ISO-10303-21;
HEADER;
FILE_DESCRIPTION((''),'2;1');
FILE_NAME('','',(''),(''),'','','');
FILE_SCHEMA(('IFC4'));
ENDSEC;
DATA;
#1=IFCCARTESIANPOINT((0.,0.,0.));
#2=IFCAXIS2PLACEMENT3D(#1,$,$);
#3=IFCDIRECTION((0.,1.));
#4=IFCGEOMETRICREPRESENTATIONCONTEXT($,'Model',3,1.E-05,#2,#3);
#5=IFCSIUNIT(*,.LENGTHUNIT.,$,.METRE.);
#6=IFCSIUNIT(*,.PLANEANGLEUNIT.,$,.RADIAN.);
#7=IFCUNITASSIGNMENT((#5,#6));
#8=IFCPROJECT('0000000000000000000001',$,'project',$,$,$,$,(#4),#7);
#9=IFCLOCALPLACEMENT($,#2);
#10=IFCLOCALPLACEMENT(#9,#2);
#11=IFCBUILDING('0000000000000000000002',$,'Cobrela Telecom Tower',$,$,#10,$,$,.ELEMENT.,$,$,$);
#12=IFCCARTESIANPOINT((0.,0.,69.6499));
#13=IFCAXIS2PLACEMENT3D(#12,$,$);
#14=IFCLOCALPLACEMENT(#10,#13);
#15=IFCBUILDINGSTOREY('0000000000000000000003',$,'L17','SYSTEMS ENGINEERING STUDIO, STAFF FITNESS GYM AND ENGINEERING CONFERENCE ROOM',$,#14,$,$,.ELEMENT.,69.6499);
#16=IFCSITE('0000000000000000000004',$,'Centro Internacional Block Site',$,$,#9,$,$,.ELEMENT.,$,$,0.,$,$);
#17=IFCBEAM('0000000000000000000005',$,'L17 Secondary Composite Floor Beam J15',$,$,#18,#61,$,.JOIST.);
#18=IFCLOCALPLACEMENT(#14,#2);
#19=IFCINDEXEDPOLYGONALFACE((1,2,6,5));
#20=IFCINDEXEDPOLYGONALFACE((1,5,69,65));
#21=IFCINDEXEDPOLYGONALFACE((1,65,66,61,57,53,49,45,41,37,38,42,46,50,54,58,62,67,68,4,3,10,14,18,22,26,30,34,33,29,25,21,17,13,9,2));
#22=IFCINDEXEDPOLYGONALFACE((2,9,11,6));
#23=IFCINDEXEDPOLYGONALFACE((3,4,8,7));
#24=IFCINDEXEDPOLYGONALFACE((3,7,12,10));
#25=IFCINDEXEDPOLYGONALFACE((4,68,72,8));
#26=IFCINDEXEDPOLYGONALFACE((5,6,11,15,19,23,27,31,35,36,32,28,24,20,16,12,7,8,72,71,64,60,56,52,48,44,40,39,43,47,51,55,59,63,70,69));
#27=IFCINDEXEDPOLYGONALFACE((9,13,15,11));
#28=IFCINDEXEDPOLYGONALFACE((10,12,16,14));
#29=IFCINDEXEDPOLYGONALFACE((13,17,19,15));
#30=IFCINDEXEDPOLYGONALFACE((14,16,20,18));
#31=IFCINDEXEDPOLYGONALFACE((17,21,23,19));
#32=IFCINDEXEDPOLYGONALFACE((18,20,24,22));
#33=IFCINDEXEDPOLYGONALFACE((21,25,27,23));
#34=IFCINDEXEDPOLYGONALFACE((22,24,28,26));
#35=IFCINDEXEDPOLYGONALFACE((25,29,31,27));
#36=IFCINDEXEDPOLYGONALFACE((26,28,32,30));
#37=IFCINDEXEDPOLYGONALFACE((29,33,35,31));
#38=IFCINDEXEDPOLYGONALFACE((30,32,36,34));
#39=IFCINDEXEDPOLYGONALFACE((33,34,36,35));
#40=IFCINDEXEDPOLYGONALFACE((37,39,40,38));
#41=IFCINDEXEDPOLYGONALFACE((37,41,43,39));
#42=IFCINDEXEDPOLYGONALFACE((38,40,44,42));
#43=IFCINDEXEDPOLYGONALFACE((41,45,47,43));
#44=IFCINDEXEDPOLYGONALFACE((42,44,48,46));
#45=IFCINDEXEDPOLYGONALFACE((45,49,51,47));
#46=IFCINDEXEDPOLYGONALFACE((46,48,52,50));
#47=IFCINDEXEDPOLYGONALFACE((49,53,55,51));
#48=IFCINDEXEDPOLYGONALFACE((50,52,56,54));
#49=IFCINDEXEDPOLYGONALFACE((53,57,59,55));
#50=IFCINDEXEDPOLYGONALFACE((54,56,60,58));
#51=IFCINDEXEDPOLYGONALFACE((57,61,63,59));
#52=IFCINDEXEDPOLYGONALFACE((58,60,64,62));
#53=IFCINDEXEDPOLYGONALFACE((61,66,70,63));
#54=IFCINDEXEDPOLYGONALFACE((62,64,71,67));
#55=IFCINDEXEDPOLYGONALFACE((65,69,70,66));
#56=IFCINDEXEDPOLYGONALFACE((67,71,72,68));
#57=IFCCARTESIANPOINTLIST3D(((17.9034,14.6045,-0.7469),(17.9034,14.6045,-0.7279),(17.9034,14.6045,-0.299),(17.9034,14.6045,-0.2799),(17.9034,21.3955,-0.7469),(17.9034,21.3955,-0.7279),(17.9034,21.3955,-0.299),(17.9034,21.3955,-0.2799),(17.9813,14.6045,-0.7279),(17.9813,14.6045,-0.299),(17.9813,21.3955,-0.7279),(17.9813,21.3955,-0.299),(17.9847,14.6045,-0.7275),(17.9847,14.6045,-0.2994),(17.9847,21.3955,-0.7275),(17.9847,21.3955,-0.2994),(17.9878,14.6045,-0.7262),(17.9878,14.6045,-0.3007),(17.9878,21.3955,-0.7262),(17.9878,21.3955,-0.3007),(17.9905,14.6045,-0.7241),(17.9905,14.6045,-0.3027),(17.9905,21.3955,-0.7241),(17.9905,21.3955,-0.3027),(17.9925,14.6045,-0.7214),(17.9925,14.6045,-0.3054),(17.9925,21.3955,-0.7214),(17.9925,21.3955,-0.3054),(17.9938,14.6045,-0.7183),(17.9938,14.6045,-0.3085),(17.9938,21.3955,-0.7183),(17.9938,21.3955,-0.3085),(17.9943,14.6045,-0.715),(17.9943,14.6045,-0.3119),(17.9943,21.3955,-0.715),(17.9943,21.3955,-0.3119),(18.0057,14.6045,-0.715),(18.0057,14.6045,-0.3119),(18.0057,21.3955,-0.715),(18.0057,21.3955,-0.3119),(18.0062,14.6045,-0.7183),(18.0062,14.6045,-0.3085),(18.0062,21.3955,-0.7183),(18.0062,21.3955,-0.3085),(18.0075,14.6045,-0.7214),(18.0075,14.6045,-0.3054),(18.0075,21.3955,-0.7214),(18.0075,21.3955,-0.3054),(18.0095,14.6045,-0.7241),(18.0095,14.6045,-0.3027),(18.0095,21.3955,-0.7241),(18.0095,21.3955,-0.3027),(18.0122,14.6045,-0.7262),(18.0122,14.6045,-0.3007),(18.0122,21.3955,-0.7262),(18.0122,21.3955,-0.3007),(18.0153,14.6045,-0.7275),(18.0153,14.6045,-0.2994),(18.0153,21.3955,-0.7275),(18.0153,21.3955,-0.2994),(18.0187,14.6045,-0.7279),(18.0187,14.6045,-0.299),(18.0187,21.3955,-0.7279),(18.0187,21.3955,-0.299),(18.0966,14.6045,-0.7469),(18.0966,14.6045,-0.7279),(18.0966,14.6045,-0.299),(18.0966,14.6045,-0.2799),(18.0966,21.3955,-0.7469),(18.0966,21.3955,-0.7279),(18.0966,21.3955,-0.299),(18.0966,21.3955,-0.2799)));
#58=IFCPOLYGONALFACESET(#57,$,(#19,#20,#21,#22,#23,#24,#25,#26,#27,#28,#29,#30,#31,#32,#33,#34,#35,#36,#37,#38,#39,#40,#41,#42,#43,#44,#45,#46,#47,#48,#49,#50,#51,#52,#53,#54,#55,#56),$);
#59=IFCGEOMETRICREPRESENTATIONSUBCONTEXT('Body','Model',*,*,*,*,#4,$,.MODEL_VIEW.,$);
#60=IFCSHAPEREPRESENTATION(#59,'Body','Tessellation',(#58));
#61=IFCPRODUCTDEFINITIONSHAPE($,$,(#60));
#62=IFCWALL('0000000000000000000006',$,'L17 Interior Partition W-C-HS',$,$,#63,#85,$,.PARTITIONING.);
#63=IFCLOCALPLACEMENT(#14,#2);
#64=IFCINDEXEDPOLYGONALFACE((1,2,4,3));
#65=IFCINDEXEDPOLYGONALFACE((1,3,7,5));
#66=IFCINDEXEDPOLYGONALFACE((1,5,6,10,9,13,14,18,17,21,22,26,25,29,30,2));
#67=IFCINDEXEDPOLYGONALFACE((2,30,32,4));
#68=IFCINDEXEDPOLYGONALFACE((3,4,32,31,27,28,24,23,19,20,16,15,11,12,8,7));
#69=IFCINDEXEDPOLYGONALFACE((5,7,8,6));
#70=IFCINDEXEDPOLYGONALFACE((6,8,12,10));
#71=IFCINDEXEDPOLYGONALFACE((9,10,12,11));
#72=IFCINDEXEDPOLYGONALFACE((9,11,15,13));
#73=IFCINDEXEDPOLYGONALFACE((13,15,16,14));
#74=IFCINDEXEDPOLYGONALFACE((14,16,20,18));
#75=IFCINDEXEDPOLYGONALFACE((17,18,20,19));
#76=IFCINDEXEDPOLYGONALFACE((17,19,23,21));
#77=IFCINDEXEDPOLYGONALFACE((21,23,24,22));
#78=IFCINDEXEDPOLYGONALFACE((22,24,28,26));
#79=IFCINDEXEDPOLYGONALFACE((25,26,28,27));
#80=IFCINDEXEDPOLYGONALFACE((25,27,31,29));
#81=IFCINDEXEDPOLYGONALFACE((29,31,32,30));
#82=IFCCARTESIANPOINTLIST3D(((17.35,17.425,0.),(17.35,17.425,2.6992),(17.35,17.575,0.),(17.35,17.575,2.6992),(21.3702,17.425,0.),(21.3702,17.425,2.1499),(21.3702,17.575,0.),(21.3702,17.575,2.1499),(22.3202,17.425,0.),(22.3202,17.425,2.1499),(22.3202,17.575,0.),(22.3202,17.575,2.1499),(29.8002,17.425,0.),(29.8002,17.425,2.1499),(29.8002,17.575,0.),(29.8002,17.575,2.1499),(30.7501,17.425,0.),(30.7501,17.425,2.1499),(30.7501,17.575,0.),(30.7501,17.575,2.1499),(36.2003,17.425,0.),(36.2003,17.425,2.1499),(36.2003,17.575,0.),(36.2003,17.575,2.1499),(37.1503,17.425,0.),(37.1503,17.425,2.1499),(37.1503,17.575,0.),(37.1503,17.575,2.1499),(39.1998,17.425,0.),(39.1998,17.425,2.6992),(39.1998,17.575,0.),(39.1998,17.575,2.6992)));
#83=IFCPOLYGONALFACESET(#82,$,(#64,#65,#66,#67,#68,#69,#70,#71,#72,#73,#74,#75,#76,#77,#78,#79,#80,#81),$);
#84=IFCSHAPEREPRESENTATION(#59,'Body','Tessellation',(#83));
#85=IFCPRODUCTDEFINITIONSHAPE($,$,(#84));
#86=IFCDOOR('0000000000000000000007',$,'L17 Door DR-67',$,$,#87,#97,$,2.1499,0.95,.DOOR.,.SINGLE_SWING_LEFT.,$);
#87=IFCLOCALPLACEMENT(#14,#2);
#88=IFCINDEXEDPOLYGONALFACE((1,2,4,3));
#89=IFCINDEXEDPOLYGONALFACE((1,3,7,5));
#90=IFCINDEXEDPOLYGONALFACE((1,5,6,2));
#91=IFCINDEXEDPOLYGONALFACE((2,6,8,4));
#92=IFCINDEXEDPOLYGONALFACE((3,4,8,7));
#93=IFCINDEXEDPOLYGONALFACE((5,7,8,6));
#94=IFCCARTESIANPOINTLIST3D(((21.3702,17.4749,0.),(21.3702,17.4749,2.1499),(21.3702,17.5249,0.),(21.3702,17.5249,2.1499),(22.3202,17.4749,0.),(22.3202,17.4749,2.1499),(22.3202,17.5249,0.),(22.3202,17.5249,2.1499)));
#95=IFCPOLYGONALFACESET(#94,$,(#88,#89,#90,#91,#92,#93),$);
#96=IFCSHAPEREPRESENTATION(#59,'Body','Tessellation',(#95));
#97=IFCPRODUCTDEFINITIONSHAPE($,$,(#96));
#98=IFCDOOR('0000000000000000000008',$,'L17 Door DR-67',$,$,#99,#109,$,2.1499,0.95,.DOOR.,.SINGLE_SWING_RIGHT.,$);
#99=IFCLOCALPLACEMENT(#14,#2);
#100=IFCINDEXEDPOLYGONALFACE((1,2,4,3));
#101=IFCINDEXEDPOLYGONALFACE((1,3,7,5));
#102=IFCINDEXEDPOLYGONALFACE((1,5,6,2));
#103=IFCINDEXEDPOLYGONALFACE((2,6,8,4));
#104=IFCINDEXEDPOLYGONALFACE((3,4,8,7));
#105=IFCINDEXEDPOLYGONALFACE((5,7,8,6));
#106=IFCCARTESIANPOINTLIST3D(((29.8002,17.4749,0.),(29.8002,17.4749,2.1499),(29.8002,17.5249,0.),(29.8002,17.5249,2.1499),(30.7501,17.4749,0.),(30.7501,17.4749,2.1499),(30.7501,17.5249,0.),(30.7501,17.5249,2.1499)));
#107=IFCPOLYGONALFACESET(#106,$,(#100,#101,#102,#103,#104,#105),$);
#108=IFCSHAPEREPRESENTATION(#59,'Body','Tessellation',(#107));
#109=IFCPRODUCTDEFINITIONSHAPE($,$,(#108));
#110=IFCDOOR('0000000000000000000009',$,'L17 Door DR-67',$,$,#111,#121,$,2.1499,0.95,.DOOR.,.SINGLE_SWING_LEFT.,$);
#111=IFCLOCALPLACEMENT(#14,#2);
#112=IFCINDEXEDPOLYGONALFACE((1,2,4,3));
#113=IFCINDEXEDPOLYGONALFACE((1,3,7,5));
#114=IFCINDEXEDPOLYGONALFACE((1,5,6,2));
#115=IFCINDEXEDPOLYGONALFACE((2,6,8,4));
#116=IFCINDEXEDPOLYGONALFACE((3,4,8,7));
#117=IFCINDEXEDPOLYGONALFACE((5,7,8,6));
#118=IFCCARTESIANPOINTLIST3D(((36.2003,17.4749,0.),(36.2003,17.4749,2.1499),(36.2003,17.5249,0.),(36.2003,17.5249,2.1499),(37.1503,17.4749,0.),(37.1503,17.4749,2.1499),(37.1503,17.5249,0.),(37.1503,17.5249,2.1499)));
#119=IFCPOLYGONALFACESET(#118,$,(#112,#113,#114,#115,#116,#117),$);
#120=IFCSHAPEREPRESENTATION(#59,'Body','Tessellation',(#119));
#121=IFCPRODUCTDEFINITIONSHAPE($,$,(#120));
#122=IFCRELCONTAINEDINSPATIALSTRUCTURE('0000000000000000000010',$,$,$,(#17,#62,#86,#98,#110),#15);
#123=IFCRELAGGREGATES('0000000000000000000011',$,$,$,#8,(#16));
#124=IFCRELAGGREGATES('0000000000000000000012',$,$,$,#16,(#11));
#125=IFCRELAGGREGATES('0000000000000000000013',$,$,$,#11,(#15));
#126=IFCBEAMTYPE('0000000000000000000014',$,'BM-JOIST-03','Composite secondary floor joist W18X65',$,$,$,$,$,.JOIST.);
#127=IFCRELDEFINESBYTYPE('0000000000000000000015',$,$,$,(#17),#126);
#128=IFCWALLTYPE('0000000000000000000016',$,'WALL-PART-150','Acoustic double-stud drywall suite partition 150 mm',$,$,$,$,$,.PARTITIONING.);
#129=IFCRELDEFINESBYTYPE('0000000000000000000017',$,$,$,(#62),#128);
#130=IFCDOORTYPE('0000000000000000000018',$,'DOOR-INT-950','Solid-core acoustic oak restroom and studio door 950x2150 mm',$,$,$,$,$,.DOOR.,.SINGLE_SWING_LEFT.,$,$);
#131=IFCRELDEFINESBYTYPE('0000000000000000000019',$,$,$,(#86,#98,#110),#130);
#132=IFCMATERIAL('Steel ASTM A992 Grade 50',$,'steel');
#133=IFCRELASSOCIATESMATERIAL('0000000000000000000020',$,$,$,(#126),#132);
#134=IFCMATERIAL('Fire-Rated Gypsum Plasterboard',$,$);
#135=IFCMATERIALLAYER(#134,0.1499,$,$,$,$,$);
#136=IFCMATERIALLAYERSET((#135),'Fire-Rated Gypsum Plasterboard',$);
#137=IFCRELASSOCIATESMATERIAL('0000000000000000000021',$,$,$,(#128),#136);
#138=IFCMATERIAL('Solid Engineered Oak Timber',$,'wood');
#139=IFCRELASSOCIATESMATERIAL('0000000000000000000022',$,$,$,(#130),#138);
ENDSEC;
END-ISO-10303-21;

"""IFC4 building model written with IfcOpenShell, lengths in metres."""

from ifc_helpers import new_model, si_unit, direction, frame, frame_2d, origin, origin_2d, place, context, subcontext, project, spatial, rectangle, i_section, extrude, material, layer, layer_set, material_profile, profile_set, type_object, element, fill, save


model = new_model("IFC4")

# Units and contexts
model_context = context("Model", 3, precision=1e-05, world=origin(), true_north=direction((0.0, 1.0)))
body_context = subcontext(model_context, "Body", "Model", "MODEL_VIEW")
ifc_project = project(units=[si_unit("LENGTHUNIT", "METRE"), si_unit("PLANEANGLEUNIT", "RADIAN")], contexts=[model_context])

# Site, building, storey
site_placement = place(None, origin())
site = spatial("IfcSite", under=ifc_project, at=site_placement, Name="Centro Internacional Block Site", CompositionType="ELEMENT", RefElevation=0.0)
building_placement = place(site_placement, origin())
building = spatial("IfcBuilding", under=site, at=building_placement, Name="Cobrela Telecom Tower", CompositionType="ELEMENT")
storey_placement = place(building_placement, frame((0.0, 0.0, 69.6499)))
storey = spatial("IfcBuildingStorey", under=building, at=storey_placement, Name="L17", Description="SYSTEMS ENGINEERING STUDIO, STAFF FITNESS GYM AND ENGINEERING CONFERENCE ROOM", CompositionType="ELEMENT", Elevation=69.6499)

# Beam
ifc_material_1 = material(Name="Steel ASTM A992 Grade 50", Category="steel")
ifc_material_profile_1 = material_profile(ifc_material_1, i_section(OverallWidth=0.1931, OverallDepth=0.467, WebThickness=0.0115, FlangeThickness=0.019, FilletRadius=0.0129, at=origin_2d()), Name="W18X65")
ifc_profile_set_1 = profile_set([ifc_material_profile_1], Name="Steel ASTM A992 Grade 50")
beam_type_1 = type_object("IfcBeamType", Name="BM-JOIST-03", Description="Composite secondary floor joist W18X65", PredefinedType="JOIST", material=ifc_profile_set_1)
for number, where, z_axis, x_axis, name in (
    (1, (18.0, 14.6045, -0.5134), (0.0, 1.0, 0.0), (-1.0, 0.0, 0.0), "L17 Secondary Composite Floor Beam J15"),
):
    element("IfcBeam", number, at=place(storey_placement, frame(where, z_axis=z_axis, x_axis=x_axis)), inside=storey, type_object=beam_type_1, Name=name, PredefinedType="JOIST", context=body_context, shape_type="SweptSolid", body=[
        extrude(i_section(OverallWidth=0.1931, OverallDepth=0.467, WebThickness=0.0115, FlangeThickness=0.019, FilletRadius=0.0129, at=origin_2d()), origin(), (0.0, 0.0, 1.0), 6.791),
    ])

# Wall, openings, doors
ifc_material_2 = material(Name="Fire-Rated Gypsum Plasterboard")
ifc_layer_1 = layer(ifc_material_2, 0.1499)
ifc_layer_set_1 = layer_set([ifc_layer_1], Name="Fire-Rated Gypsum Plasterboard")
wall_type_1 = type_object("IfcWallType", Name="WALL-PART-150", Description="Acoustic double-stud drywall suite partition 150 mm", PredefinedType="PARTITIONING", material=ifc_layer_set_1)
ifc_material_3 = material(Name="Solid Engineered Oak Timber", Category="wood")
door_type_1 = type_object("IfcDoorType", Name="DOOR-INT-950", Description="Solid-core acoustic oak restroom and studio door 950x2150 mm", OperationType="SINGLE_SWING_LEFT", PredefinedType="DOOR", material=ifc_material_3)
wall_1_placement = place(storey_placement, frame((17.3501, 17.5, 0.0), z_axis=(0.0, 0.0, 1.0), x_axis=(1.0, 0.0, 0.0)))
wall_1 = element("IfcWall", 2, at=wall_1_placement, inside=storey, type_object=wall_type_1, Name="L17 Interior Partition W-C-HS", PredefinedType="PARTITIONING", context=body_context, shape_type="SweptSolid", body=[
    extrude(rectangle(XDim=21.8499, YDim=0.1499, at=frame_2d((10.9248, 0.0))), origin(), (0.0, 0.0, 1.0), 2.6992),
])
opening_1_placement = place(wall_1_placement, frame((4.02, 0.0, 0.0)))
opening_1 = element("IfcOpeningElement", 3, at=opening_1_placement, cuts=wall_1, PredefinedType="OPENING", context=body_context, shape_type="SweptSolid", body=[
    extrude(rectangle(XDim=0.95, YDim=2.1499, at=frame_2d((0.4751, 1.075))), frame((0.0, 0.0869, 0.0), z_axis=(0.0, -1.0, 0.0), x_axis=(1.0, 0.0, 0.0)), (0.0, 0.0, 1.0), 0.1738),
])
opening_2_placement = place(wall_1_placement, frame((12.45, 0.0, 0.0)))
opening_2 = element("IfcOpeningElement", 4, at=opening_2_placement, cuts=wall_1, PredefinedType="OPENING", context=body_context, shape_type="SweptSolid", body=[
    extrude(rectangle(XDim=0.95, YDim=2.1499, at=frame_2d((0.4751, 1.075))), frame((0.0, 0.0869, 0.0), z_axis=(0.0, -1.0, 0.0), x_axis=(1.0, 0.0, 0.0)), (0.0, 0.0, 1.0), 0.1738),
])
opening_3_placement = place(wall_1_placement, frame((18.8501, 0.0, 0.0)))
opening_3 = element("IfcOpeningElement", 5, at=opening_3_placement, cuts=wall_1, PredefinedType="OPENING", context=body_context, shape_type="SweptSolid", body=[
    extrude(rectangle(XDim=0.95, YDim=2.1499, at=frame_2d((0.4751, 1.075))), frame((0.0, 0.0869, 0.0), z_axis=(0.0, -1.0, 0.0), x_axis=(1.0, 0.0, 0.0)), (0.0, 0.0, 1.0), 0.1738),
])
door_1_placement = place(opening_1_placement, origin())
door_1 = element("IfcDoor", 6, at=door_1_placement, inside=storey, type_object=door_type_1, Name="L17 Door DR-67", OperationType="SINGLE_SWING_LEFT", OverallHeight=2.1499, OverallWidth=0.95, PredefinedType="DOOR", context=body_context, shape_type="SweptSolid", body=[
    extrude(rectangle(XDim=0.95, YDim=2.1499, at=frame_2d((0.4751, 1.075))), frame((0.0, 0.0249, 0.0), z_axis=(0.0, -1.0, 0.0), x_axis=(1.0, 0.0, 0.0)), (0.0, 0.0, 1.0), 0.05),
])
fill(opening_1, door_1)
door_2_placement = place(opening_2_placement, origin())
door_2 = element("IfcDoor", 7, at=door_2_placement, inside=storey, type_object=door_type_1, Name="L17 Door DR-67", OperationType="SINGLE_SWING_RIGHT", OverallHeight=2.1499, OverallWidth=0.95, PredefinedType="DOOR", context=body_context, shape_type="SweptSolid", body=[
    extrude(rectangle(XDim=0.95, YDim=2.1499, at=frame_2d((0.4751, 1.075))), frame((0.0, 0.0249, 0.0), z_axis=(0.0, -1.0, 0.0), x_axis=(1.0, 0.0, 0.0)), (0.0, 0.0, 1.0), 0.05),
])
fill(opening_2, door_2)
door_3_placement = place(opening_3_placement, origin())
door_3 = element("IfcDoor", 8, at=door_3_placement, inside=storey, type_object=door_type_1, Name="L17 Door DR-67", OperationType="SINGLE_SWING_LEFT", OverallHeight=2.1499, OverallWidth=0.95, PredefinedType="DOOR", context=body_context, shape_type="SweptSolid", body=[
    extrude(rectangle(XDim=0.95, YDim=2.1499, at=frame_2d((0.4751, 1.075))), frame((0.0, 0.0249, 0.0), z_axis=(0.0, -1.0, 0.0), x_axis=(1.0, 0.0, 0.0)), (0.0, 0.0, 1.0), 0.05),
])
fill(opening_3, door_3)

save(model, "model.ifc")
